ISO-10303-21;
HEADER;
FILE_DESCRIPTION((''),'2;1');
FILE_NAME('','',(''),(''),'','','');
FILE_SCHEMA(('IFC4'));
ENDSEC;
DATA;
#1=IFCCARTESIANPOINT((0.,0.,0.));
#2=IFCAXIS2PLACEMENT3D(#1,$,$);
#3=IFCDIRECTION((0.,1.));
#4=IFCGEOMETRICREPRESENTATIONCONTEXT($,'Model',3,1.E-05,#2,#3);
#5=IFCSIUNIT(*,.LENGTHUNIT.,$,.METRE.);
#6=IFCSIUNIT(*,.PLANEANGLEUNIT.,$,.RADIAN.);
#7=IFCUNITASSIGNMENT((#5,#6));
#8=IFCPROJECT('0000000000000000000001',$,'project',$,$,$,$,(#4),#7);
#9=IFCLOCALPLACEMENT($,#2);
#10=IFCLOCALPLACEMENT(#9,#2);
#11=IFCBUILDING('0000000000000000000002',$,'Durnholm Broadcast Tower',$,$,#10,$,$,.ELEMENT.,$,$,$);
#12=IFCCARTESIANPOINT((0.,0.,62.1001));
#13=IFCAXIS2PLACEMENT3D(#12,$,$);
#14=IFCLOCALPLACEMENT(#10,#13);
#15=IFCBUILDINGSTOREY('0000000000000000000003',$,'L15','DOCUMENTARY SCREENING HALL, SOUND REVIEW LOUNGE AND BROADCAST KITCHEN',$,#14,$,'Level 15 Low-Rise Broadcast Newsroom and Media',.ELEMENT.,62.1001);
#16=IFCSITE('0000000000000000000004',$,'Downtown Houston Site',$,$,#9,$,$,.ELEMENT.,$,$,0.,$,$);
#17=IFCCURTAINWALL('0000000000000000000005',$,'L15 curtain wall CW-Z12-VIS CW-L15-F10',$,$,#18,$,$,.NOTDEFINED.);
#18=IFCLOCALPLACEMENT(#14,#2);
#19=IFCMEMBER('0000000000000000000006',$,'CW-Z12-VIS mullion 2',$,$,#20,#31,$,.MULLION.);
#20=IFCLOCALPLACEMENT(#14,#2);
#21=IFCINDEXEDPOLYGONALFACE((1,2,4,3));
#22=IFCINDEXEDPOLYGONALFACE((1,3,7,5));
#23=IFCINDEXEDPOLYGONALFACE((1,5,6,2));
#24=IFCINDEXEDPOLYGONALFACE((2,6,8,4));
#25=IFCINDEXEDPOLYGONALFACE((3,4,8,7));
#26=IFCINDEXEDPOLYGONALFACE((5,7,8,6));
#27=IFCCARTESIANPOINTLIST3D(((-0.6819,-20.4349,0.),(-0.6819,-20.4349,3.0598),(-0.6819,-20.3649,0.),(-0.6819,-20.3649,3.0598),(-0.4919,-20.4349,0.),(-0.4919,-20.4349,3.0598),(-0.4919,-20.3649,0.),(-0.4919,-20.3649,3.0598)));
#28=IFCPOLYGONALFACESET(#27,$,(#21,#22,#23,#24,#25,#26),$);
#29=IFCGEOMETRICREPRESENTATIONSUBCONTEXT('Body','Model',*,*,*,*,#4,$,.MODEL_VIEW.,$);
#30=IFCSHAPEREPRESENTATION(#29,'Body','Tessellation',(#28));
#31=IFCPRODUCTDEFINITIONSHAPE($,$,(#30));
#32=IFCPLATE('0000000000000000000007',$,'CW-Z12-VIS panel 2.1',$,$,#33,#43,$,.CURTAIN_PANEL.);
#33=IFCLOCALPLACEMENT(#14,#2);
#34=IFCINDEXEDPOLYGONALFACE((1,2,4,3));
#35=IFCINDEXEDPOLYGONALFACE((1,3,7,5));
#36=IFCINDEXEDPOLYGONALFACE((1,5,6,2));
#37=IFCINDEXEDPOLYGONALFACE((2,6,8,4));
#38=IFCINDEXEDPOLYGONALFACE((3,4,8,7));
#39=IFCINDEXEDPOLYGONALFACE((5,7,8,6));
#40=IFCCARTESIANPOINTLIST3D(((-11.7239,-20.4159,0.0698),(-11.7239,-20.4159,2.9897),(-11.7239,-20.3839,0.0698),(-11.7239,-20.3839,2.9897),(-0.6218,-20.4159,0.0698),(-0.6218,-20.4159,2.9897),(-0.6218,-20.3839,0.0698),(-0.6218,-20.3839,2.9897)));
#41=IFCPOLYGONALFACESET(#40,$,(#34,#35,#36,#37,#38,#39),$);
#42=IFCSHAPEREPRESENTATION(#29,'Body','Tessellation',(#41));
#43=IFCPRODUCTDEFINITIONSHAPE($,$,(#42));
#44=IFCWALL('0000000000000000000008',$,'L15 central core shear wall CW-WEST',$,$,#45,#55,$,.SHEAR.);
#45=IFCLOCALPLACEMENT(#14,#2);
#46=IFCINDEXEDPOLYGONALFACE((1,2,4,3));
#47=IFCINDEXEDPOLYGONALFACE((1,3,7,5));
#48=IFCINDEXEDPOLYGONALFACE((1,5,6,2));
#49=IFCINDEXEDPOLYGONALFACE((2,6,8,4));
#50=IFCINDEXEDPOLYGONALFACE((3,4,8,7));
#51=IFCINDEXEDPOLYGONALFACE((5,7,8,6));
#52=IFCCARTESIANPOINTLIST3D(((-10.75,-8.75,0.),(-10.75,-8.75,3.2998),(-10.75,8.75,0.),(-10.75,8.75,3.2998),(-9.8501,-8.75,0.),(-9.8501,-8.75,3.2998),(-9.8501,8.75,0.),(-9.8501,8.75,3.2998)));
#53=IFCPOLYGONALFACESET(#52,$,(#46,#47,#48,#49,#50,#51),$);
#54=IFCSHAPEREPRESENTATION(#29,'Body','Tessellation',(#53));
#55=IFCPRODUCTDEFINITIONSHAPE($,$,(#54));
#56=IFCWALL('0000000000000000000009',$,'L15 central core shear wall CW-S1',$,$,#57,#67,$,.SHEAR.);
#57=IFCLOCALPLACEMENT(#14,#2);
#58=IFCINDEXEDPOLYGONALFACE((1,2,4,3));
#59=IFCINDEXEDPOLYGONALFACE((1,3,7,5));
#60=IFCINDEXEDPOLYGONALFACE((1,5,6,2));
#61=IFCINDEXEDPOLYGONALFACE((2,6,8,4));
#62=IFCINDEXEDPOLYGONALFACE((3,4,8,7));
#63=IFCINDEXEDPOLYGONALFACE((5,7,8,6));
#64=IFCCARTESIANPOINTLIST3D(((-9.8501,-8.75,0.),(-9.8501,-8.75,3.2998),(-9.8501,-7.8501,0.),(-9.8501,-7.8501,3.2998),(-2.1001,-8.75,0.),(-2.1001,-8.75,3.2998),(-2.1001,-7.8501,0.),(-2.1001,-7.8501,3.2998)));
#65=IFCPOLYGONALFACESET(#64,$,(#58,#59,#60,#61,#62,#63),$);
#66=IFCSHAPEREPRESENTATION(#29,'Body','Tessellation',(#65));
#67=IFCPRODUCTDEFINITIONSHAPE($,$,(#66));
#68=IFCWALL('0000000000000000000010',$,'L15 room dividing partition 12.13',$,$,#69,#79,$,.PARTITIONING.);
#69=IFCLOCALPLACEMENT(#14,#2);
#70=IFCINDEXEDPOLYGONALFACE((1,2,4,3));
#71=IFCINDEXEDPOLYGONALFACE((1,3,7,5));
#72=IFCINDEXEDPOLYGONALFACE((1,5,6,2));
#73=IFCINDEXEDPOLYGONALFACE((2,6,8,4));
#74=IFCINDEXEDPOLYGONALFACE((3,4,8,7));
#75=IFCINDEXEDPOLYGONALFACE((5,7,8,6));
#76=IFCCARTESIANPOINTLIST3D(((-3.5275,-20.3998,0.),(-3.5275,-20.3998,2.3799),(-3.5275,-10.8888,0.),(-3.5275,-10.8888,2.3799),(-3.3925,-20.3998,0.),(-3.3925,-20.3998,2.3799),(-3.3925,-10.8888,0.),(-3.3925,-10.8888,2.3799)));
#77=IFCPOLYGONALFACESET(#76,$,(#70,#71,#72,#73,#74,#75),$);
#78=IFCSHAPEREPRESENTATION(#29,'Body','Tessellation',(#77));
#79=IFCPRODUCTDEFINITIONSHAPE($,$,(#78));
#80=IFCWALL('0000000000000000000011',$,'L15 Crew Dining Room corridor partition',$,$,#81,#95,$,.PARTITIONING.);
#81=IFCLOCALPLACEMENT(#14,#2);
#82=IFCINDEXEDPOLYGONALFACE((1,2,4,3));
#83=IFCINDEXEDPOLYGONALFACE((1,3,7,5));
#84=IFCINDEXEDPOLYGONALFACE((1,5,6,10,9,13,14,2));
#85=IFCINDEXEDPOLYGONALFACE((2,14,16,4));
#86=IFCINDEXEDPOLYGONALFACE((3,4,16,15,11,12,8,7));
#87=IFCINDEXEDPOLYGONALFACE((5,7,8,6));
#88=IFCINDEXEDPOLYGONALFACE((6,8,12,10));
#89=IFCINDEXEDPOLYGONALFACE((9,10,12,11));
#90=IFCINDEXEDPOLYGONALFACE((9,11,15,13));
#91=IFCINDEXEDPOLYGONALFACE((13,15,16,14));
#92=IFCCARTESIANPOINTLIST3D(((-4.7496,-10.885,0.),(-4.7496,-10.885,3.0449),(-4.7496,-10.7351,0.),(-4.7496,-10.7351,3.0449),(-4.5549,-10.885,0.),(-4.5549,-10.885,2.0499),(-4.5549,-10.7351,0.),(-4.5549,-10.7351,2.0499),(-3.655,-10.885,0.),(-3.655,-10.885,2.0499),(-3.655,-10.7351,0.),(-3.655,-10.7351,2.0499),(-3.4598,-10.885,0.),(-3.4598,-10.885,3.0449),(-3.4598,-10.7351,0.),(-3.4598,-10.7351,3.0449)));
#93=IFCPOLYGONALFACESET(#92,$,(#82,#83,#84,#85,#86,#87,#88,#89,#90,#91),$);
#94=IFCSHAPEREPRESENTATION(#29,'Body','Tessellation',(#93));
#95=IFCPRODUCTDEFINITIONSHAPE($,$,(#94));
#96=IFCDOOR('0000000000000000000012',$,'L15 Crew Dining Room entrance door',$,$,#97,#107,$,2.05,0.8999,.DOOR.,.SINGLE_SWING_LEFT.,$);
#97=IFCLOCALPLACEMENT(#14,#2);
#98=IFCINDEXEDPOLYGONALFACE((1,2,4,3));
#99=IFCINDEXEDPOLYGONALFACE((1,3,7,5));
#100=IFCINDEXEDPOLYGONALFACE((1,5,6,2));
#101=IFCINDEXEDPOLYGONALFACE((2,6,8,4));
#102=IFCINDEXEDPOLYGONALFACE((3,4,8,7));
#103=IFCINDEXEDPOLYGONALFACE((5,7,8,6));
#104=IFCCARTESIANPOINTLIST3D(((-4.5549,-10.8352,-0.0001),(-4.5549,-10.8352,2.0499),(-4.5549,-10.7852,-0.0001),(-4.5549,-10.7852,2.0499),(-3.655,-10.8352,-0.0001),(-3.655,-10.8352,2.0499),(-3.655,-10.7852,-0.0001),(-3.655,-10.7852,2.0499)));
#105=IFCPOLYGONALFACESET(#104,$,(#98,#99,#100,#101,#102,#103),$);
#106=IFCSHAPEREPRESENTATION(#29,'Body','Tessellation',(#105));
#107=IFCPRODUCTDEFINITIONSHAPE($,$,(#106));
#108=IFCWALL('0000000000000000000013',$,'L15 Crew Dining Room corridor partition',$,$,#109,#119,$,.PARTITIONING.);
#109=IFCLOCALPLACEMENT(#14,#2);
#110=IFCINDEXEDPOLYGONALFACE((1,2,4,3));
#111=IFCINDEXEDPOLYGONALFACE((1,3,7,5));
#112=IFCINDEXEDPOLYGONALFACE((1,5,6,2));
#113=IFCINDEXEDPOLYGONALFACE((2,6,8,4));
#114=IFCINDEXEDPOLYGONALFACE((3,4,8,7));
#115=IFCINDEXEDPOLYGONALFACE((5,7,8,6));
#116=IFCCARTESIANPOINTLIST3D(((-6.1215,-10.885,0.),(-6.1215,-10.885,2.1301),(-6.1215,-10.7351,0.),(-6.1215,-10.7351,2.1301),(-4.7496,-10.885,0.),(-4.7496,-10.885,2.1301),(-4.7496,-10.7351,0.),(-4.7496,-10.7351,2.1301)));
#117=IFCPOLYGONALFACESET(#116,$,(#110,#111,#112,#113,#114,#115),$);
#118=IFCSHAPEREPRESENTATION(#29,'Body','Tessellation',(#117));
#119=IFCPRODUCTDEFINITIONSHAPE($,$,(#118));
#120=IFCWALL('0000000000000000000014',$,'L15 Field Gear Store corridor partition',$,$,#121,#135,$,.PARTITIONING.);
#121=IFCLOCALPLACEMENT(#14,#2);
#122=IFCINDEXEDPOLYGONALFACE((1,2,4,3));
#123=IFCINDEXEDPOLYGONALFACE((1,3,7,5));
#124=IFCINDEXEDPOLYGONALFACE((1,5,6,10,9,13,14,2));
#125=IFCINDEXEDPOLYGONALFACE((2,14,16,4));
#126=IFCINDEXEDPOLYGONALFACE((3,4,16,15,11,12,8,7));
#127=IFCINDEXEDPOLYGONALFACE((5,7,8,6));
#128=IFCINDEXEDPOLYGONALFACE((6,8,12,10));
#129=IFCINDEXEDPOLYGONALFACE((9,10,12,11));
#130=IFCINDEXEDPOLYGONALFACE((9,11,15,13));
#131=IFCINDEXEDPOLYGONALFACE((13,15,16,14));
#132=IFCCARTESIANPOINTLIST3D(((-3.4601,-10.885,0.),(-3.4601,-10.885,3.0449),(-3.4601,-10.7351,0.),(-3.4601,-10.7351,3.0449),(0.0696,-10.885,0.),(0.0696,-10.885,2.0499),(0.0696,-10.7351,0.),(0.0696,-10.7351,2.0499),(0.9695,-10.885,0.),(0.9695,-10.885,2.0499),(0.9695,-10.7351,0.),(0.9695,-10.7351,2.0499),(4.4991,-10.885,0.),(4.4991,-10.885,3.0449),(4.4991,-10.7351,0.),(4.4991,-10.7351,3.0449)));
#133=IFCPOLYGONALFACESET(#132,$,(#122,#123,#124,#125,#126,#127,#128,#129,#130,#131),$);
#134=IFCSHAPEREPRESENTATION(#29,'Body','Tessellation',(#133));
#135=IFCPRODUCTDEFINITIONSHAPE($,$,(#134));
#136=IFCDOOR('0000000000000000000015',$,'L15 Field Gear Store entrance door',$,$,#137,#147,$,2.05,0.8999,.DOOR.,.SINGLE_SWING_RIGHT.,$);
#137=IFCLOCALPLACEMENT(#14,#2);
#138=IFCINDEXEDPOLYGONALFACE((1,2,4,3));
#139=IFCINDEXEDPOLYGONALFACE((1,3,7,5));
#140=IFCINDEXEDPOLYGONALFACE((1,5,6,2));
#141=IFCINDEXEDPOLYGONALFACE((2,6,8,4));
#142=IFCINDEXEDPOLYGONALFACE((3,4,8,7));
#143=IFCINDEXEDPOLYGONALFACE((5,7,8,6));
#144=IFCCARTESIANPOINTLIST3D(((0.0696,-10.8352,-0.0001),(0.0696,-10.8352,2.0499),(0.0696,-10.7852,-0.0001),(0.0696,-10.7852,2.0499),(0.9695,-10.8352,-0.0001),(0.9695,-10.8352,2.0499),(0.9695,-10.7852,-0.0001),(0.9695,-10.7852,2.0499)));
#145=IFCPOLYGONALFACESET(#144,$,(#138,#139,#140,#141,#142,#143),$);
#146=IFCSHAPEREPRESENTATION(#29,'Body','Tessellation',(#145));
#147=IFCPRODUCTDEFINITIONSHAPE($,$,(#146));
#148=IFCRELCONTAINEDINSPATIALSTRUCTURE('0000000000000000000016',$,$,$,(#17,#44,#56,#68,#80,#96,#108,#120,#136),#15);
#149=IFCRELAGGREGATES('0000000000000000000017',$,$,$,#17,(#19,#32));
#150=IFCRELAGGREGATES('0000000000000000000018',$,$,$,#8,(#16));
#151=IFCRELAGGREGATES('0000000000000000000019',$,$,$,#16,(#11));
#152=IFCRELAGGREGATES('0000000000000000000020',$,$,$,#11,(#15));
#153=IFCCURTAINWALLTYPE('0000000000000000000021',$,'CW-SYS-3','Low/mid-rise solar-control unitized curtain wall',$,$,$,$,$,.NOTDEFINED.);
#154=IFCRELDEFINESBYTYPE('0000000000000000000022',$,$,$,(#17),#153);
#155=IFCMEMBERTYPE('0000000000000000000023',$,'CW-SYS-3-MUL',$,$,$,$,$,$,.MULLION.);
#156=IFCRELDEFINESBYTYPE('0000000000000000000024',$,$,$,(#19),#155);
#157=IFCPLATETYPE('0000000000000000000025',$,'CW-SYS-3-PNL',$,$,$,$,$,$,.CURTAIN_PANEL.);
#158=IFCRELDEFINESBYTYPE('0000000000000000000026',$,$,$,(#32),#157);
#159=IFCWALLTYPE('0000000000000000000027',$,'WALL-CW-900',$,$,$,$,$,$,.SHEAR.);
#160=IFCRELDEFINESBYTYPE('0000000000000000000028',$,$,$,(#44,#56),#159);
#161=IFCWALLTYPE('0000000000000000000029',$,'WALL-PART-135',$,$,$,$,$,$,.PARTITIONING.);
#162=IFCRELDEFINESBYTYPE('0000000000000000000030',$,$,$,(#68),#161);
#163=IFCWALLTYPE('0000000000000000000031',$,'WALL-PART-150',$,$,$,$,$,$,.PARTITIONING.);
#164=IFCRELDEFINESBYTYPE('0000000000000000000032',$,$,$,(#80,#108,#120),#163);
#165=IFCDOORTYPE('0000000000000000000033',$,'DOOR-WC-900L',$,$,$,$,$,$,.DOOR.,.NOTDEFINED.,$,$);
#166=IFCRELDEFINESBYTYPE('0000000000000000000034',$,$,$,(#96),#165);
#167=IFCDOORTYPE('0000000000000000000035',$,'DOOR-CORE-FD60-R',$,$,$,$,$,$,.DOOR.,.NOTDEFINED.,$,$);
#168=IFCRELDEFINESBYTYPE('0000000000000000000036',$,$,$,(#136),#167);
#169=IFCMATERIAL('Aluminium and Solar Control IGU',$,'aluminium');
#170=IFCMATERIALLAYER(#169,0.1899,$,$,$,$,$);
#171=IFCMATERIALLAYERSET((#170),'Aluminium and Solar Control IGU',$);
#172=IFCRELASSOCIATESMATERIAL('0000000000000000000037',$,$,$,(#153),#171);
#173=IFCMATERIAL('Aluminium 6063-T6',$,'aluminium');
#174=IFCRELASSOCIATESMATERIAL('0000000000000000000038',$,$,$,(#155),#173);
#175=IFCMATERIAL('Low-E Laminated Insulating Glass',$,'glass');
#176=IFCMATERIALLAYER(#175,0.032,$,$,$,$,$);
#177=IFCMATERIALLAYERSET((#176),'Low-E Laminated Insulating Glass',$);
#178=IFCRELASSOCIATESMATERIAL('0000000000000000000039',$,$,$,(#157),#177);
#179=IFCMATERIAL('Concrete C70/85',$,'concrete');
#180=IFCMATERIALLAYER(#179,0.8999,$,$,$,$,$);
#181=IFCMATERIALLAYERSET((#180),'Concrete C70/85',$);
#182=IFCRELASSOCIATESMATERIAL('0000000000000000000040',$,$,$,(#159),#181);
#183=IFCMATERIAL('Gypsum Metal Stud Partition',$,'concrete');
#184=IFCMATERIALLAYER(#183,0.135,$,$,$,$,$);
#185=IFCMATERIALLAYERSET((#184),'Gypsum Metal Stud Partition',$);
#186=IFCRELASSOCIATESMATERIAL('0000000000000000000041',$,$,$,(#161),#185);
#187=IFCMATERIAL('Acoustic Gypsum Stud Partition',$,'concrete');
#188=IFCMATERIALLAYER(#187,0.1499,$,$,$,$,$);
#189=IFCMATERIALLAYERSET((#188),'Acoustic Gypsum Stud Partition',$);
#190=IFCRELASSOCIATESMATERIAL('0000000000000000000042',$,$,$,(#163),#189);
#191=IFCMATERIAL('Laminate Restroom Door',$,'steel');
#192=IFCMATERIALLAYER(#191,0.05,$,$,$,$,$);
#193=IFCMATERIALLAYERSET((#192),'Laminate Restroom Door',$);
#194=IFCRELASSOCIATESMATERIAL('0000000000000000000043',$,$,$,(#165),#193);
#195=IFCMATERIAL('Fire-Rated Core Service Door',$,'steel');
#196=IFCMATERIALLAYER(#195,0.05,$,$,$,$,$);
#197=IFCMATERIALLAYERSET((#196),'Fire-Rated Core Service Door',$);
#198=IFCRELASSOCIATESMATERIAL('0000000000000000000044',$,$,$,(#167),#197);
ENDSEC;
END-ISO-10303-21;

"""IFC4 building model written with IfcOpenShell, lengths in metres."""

from ifc_helpers import new_model, si_unit, direction, frame, frame_2d, origin, origin_2d, place, context, subcontext, project, spatial, rectangle, extrude, source, transform, mapped, material, layer, layer_set, material_profile, profile_set, type_object, type_shapes, element, fill, aggregate, save


model = new_model("IFC4")

# Units and contexts
model_context = context("Model", 3, precision=1e-05, world=origin(), true_north=direction((0.0, 1.0)))
body_context = subcontext(model_context, "Body", "Model", "MODEL_VIEW")
ifc_project = project(units=[si_unit("LENGTHUNIT", "METRE"), si_unit("PLANEANGLEUNIT", "RADIAN")], contexts=[model_context])

# Site, building, storey
site_placement = place(None, origin())
site = spatial("IfcSite", under=ifc_project, at=site_placement, Name="Downtown Houston Site", CompositionType="ELEMENT", RefElevation=0.0)
building_placement = place(site_placement, origin())
building = spatial("IfcBuilding", under=site, at=building_placement, Name="Durnholm Broadcast Tower", CompositionType="ELEMENT")
storey_placement = place(building_placement, frame((0.0, 0.0, 62.1001)))
storey = spatial("IfcBuildingStorey", under=building, at=storey_placement, Name="L15", Description="DOCUMENTARY SCREENING HALL, SOUND REVIEW LOUNGE AND BROADCAST KITCHEN", LongName="Level 15 Low-Rise Broadcast Newsroom and Media", CompositionType="ELEMENT", Elevation=62.1001)

# Shared definitions
ifc_material_1 = material(Name="Concrete C70/85", Category="concrete")

# Curtain wall, member, plate
ifc_material_2 = material(Name="Aluminium and Solar Control IGU", Category="aluminium")
ifc_layer_1 = layer(ifc_material_2, 0.1899)
ifc_layer_set_1 = layer_set([ifc_layer_1], Name="Aluminium and Solar Control IGU")
curtain_wall_type = type_object("IfcCurtainWallType", Name="CW-SYS-3", Description="Low/mid-rise solar-control unitized curtain wall", PredefinedType="NOTDEFINED", material=ifc_layer_set_1)
curtain_wall_placement = place(storey_placement, origin())
curtain_wall = element("IfcCurtainWall", 1, at=curtain_wall_placement, inside=storey, type_object=curtain_wall_type, Name="L15 curtain wall CW-Z12-VIS CW-L15-F10", PredefinedType="NOTDEFINED")
ifc_material_3 = material(Name="Aluminium 6063-T6", Category="aluminium")
ifc_material_profile_1 = material_profile(ifc_material_3, rectangle(XDim=0.0701, YDim=0.1899, at=origin_2d()), Name="CWM70X190")
ifc_profile_set_1 = profile_set([ifc_material_profile_1], Name="Aluminium 6063-T6")
member_type_1 = type_object("IfcMemberType", Name="CW-SYS-3-MUL", PredefinedType="MULLION", material=ifc_profile_set_1)
shared_shape_1 = source(origin(), body_context, "Body", "SweptSolid", [
    extrude(rectangle(XDim=0.0701, YDim=0.1899, at=origin_2d()), origin(), (0.0, 0.0, 1.0), 3.0598),
])
type_shapes(member_type_1, [shared_shape_1])
member_1_placement = place(storey_placement, frame((-0.5869, -20.3999, 0.0), z_axis=(0.0, 0.0, 1.0), x_axis=(0.0, -1.0, 0.0)))
member_1 = element("IfcMember", 2, at=member_1_placement, type_object=member_type_1, Name="CW-Z12-VIS mullion 2", PredefinedType="MULLION", context=body_context, shape_type="MappedRepresentation", body=[
    mapped(shared_shape_1, transform((0.0, 0.0, 0.0), x_axis=(1.0, 0.0, 0.0), y_axis=(0.0, 1.0, 0.0), z_axis=(0.0, 0.0, 1.0), scale=1.0)),
])
ifc_material_4 = material(Name="Low-E Laminated Insulating Glass", Category="glass")
ifc_layer_2 = layer(ifc_material_4, 0.032)
ifc_layer_set_2 = layer_set([ifc_layer_2], Name="Low-E Laminated Insulating Glass")
plate_type = type_object("IfcPlateType", Name="CW-SYS-3-PNL", PredefinedType="CURTAIN_PANEL", material=ifc_layer_set_2)
shared_shape_2 = source(origin(), body_context, "Body", "SweptSolid", [
    extrude(rectangle(XDim=11.1021, YDim=0.032, at=origin_2d()), origin(), (0.0, 0.0, 1.0), 2.9199),
])
type_shapes(plate_type, [shared_shape_2])
plate_placement = place(storey_placement, frame((-6.1729, -20.3999, 0.0698), z_axis=(0.0, 0.0, 1.0), x_axis=(-1.0, 0.0, 0.0)))
plate = element("IfcPlate", 3, at=plate_placement, type_object=plate_type, Name="CW-Z12-VIS panel 2.1", PredefinedType="CURTAIN_PANEL", context=body_context, shape_type="MappedRepresentation", body=[
    mapped(shared_shape_2, transform((0.0, 0.0, 0.0), x_axis=(1.0, 0.0, 0.0), y_axis=(0.0, 1.0, 0.0), z_axis=(0.0, 0.0, 1.0), scale=1.0)),
])
aggregate(curtain_wall, [member_1, plate])

# Walls
ifc_layer_3 = layer(ifc_material_1, 0.8999)
ifc_layer_set_3 = layer_set([ifc_layer_3], Name="Concrete C70/85")
wall_type_1 = type_object("IfcWallType", Name="WALL-CW-900", PredefinedType="SHEAR", material=ifc_layer_set_3)
wall_1_placement = place(storey_placement, frame((-10.3, -8.75, 0.0), z_axis=(0.0, 0.0, 1.0), x_axis=(0.0, 1.0, 0.0)))
element("IfcWall", 4, at=wall_1_placement, inside=storey, type_object=wall_type_1, Name="L15 central core shear wall CW-WEST", PredefinedType="SHEAR", context=body_context, shape_type="SweptSolid", body=[
    extrude(rectangle(XDim=17.5, YDim=0.8999, at=frame_2d((8.75, 0.0))), origin(), (0.0, 0.0, 1.0), 3.2998),
])
wall_2_placement = place(storey_placement, frame((-9.8501, -8.3, 0.0), z_axis=(0.0, 0.0, 1.0), x_axis=(1.0, 0.0, 0.0)))
element("IfcWall", 5, at=wall_2_placement, inside=storey, type_object=wall_type_1, Name="L15 central core shear wall CW-S1", PredefinedType="SHEAR", context=body_context, shape_type="SweptSolid", body=[
    extrude(rectangle(XDim=7.75, YDim=0.8999, at=frame_2d((3.875, 0.0))), origin(), (0.0, 0.0, 1.0), 3.2998),
])

# Wall
ifc_material_5 = material(Name="Gypsum Metal Stud Partition", Category="concrete")
ifc_layer_4 = layer(ifc_material_5, 0.135)
ifc_layer_set_4 = layer_set([ifc_layer_4], Name="Gypsum Metal Stud Partition")
wall_type_2 = type_object("IfcWallType", Name="WALL-PART-135", PredefinedType="PARTITIONING", material=ifc_layer_set_4)
wall_3_placement = place(storey_placement, frame((-3.46, -10.8889, 0.0), z_axis=(0.0, 0.0, 1.0), x_axis=(0.0, -1.0, 0.0)))
element("IfcWall", 6, at=wall_3_placement, inside=storey, type_object=wall_type_2, Name="L15 room dividing partition 12.13", PredefinedType="PARTITIONING", context=body_context, shape_type="SweptSolid", body=[
    extrude(rectangle(XDim=9.511, YDim=0.135, at=frame_2d((4.7554, 0.0))), origin(), (0.0, 0.0, 1.0), 2.3799),
])

# Wall, opening, door
ifc_material_6 = material(Name="Acoustic Gypsum Stud Partition", Category="concrete")
ifc_layer_5 = layer(ifc_material_6, 0.1499)
ifc_layer_set_5 = layer_set([ifc_layer_5], Name="Acoustic Gypsum Stud Partition")
wall_type_3 = type_object("IfcWallType", Name="WALL-PART-150", PredefinedType="PARTITIONING", material=ifc_layer_set_5)
wall_4_placement = place(storey_placement, frame((-4.7498, -10.8101, 0.0), z_axis=(0.0, 0.0, 1.0), x_axis=(1.0, 0.0, 0.0)))
wall_4 = element("IfcWall", 7, at=wall_4_placement, inside=storey, type_object=wall_type_3, Name="L15 Crew Dining Room corridor partition", PredefinedType="PARTITIONING", context=body_context, shape_type="SweptSolid", body=[
    extrude(rectangle(XDim=1.2898, YDim=0.1499, at=frame_2d((0.645, 0.0))), origin(), (0.0, 0.0, 1.0), 3.0449),
])
opening_1_placement = place(wall_4_placement, frame((0.1948, 0.0, 0.0)))
opening_1 = element("IfcOpeningElement", 8, at=opening_1_placement, cuts=wall_4, PredefinedType="OPENING", context=body_context, shape_type="SweptSolid", body=[
    extrude(rectangle(XDim=0.8999, YDim=2.05, at=frame_2d((0.45, 1.0249))), frame((0.0, 0.085, 0.0), z_axis=(0.0, -1.0, 0.0), x_axis=(1.0, 0.0, 0.0)), (0.0, 0.0, 1.0), 0.1699),
])
ifc_material_7 = material(Name="Laminate Restroom Door", Category="steel")
ifc_layer_6 = layer(ifc_material_7, 0.05)
ifc_layer_set_6 = layer_set([ifc_layer_6], Name="Laminate Restroom Door")
door_type_1 = type_object("IfcDoorType", Name="DOOR-WC-900L", OperationType="NOTDEFINED", PredefinedType="DOOR", material=ifc_layer_set_6)
shared_shape_3 = source(origin(), body_context, "Body", "SweptSolid", [
    extrude(rectangle(XDim=0.8999, YDim=2.05, at=frame_2d((0.45, 1.0249))), frame((0.0, 0.0249, 0.0), z_axis=(0.0, -1.0, 0.0), x_axis=(1.0, 0.0, 0.0)), (0.0, 0.0, 1.0), 0.05),
])
type_shapes(door_type_1, [shared_shape_3])
door_1_placement = place(opening_1_placement, origin())
door_1 = element("IfcDoor", 9, at=door_1_placement, inside=storey, type_object=door_type_1, Name="L15 Crew Dining Room entrance door", OperationType="SINGLE_SWING_LEFT", OverallHeight=2.05, OverallWidth=0.8999, PredefinedType="DOOR", context=body_context, shape_type="MappedRepresentation", body=[
    mapped(shared_shape_3, transform((0.0, 0.0, 0.0), x_axis=(1.0, 0.0, 0.0), y_axis=(0.0, 1.0, 0.0), z_axis=(0.0, 0.0, 1.0), scale=1.0)),
])
fill(opening_1, door_1)

# Wall
wall_5_placement = place(storey_placement, frame((-6.1216, -10.8101, 0.0), z_axis=(0.0, 0.0, 1.0), x_axis=(1.0, 0.0, 0.0)))
element("IfcWall", 10, at=wall_5_placement, inside=storey, type_object=wall_type_3, Name="L15 Crew Dining Room corridor partition", PredefinedType="PARTITIONING", context=body_context, shape_type="SweptSolid", body=[
    extrude(rectangle(XDim=1.3718, YDim=0.1499, at=frame_2d((0.686, 0.0))), origin(), (0.0, 0.0, 1.0), 2.1301),
])

# Wall, opening, door
wall_6_placement = place(storey_placement, frame((-3.46, -10.8101, 0.0), z_axis=(0.0, 0.0, 1.0), x_axis=(1.0, 0.0, 0.0)))
wall_6 = element("IfcWall", 11, at=wall_6_placement, inside=storey, type_object=wall_type_3, Name="L15 Field Gear Store corridor partition", PredefinedType="PARTITIONING", context=body_context, shape_type="SweptSolid", body=[
    extrude(rectangle(XDim=7.9592, YDim=0.1499, at=frame_2d((3.9795, 0.0))), origin(), (0.0, 0.0, 1.0), 3.0449),
])
opening_2_placement = place(wall_6_placement, frame((3.5295, 0.0, 0.0)))
opening_2 = element("IfcOpeningElement", 12, at=opening_2_placement, cuts=wall_6, PredefinedType="OPENING", context=body_context, shape_type="SweptSolid", body=[
    extrude(rectangle(XDim=0.8999, YDim=2.05, at=frame_2d((0.45, 1.0249))), frame((0.0, 0.085, 0.0), z_axis=(0.0, -1.0, 0.0), x_axis=(1.0, 0.0, 0.0)), (0.0, 0.0, 1.0), 0.1699),
])
ifc_material_8 = material(Name="Fire-Rated Core Service Door", Category="steel")
ifc_layer_7 = layer(ifc_material_8, 0.05)
ifc_layer_set_7 = layer_set([ifc_layer_7], Name="Fire-Rated Core Service Door")
door_type_2 = type_object("IfcDoorType", Name="DOOR-CORE-FD60-R", OperationType="NOTDEFINED", PredefinedType="DOOR", material=ifc_layer_set_7)
shared_shape_4 = source(origin(), body_context, "Body", "SweptSolid", [
    extrude(rectangle(XDim=0.8999, YDim=2.05, at=frame_2d((0.45, 1.0249))), frame((0.0, 0.0249, 0.0), z_axis=(0.0, -1.0, 0.0), x_axis=(1.0, 0.0, 0.0)), (0.0, 0.0, 1.0), 0.05),
])
type_shapes(door_type_2, [shared_shape_4])
door_2_placement = place(opening_2_placement, origin())
door_2 = element("IfcDoor", 13, at=door_2_placement, inside=storey, type_object=door_type_2, Name="L15 Field Gear Store entrance door", OperationType="SINGLE_SWING_RIGHT", OverallHeight=2.05, OverallWidth=0.8999, PredefinedType="DOOR", context=body_context, shape_type="MappedRepresentation", body=[
    mapped(shared_shape_4, transform((0.0, 0.0, 0.0), x_axis=(1.0, 0.0, 0.0), y_axis=(0.0, 1.0, 0.0), z_axis=(0.0, 0.0, 1.0), scale=1.0)),
])
fill(opening_2, door_2)

save(model, "model.ifc")
